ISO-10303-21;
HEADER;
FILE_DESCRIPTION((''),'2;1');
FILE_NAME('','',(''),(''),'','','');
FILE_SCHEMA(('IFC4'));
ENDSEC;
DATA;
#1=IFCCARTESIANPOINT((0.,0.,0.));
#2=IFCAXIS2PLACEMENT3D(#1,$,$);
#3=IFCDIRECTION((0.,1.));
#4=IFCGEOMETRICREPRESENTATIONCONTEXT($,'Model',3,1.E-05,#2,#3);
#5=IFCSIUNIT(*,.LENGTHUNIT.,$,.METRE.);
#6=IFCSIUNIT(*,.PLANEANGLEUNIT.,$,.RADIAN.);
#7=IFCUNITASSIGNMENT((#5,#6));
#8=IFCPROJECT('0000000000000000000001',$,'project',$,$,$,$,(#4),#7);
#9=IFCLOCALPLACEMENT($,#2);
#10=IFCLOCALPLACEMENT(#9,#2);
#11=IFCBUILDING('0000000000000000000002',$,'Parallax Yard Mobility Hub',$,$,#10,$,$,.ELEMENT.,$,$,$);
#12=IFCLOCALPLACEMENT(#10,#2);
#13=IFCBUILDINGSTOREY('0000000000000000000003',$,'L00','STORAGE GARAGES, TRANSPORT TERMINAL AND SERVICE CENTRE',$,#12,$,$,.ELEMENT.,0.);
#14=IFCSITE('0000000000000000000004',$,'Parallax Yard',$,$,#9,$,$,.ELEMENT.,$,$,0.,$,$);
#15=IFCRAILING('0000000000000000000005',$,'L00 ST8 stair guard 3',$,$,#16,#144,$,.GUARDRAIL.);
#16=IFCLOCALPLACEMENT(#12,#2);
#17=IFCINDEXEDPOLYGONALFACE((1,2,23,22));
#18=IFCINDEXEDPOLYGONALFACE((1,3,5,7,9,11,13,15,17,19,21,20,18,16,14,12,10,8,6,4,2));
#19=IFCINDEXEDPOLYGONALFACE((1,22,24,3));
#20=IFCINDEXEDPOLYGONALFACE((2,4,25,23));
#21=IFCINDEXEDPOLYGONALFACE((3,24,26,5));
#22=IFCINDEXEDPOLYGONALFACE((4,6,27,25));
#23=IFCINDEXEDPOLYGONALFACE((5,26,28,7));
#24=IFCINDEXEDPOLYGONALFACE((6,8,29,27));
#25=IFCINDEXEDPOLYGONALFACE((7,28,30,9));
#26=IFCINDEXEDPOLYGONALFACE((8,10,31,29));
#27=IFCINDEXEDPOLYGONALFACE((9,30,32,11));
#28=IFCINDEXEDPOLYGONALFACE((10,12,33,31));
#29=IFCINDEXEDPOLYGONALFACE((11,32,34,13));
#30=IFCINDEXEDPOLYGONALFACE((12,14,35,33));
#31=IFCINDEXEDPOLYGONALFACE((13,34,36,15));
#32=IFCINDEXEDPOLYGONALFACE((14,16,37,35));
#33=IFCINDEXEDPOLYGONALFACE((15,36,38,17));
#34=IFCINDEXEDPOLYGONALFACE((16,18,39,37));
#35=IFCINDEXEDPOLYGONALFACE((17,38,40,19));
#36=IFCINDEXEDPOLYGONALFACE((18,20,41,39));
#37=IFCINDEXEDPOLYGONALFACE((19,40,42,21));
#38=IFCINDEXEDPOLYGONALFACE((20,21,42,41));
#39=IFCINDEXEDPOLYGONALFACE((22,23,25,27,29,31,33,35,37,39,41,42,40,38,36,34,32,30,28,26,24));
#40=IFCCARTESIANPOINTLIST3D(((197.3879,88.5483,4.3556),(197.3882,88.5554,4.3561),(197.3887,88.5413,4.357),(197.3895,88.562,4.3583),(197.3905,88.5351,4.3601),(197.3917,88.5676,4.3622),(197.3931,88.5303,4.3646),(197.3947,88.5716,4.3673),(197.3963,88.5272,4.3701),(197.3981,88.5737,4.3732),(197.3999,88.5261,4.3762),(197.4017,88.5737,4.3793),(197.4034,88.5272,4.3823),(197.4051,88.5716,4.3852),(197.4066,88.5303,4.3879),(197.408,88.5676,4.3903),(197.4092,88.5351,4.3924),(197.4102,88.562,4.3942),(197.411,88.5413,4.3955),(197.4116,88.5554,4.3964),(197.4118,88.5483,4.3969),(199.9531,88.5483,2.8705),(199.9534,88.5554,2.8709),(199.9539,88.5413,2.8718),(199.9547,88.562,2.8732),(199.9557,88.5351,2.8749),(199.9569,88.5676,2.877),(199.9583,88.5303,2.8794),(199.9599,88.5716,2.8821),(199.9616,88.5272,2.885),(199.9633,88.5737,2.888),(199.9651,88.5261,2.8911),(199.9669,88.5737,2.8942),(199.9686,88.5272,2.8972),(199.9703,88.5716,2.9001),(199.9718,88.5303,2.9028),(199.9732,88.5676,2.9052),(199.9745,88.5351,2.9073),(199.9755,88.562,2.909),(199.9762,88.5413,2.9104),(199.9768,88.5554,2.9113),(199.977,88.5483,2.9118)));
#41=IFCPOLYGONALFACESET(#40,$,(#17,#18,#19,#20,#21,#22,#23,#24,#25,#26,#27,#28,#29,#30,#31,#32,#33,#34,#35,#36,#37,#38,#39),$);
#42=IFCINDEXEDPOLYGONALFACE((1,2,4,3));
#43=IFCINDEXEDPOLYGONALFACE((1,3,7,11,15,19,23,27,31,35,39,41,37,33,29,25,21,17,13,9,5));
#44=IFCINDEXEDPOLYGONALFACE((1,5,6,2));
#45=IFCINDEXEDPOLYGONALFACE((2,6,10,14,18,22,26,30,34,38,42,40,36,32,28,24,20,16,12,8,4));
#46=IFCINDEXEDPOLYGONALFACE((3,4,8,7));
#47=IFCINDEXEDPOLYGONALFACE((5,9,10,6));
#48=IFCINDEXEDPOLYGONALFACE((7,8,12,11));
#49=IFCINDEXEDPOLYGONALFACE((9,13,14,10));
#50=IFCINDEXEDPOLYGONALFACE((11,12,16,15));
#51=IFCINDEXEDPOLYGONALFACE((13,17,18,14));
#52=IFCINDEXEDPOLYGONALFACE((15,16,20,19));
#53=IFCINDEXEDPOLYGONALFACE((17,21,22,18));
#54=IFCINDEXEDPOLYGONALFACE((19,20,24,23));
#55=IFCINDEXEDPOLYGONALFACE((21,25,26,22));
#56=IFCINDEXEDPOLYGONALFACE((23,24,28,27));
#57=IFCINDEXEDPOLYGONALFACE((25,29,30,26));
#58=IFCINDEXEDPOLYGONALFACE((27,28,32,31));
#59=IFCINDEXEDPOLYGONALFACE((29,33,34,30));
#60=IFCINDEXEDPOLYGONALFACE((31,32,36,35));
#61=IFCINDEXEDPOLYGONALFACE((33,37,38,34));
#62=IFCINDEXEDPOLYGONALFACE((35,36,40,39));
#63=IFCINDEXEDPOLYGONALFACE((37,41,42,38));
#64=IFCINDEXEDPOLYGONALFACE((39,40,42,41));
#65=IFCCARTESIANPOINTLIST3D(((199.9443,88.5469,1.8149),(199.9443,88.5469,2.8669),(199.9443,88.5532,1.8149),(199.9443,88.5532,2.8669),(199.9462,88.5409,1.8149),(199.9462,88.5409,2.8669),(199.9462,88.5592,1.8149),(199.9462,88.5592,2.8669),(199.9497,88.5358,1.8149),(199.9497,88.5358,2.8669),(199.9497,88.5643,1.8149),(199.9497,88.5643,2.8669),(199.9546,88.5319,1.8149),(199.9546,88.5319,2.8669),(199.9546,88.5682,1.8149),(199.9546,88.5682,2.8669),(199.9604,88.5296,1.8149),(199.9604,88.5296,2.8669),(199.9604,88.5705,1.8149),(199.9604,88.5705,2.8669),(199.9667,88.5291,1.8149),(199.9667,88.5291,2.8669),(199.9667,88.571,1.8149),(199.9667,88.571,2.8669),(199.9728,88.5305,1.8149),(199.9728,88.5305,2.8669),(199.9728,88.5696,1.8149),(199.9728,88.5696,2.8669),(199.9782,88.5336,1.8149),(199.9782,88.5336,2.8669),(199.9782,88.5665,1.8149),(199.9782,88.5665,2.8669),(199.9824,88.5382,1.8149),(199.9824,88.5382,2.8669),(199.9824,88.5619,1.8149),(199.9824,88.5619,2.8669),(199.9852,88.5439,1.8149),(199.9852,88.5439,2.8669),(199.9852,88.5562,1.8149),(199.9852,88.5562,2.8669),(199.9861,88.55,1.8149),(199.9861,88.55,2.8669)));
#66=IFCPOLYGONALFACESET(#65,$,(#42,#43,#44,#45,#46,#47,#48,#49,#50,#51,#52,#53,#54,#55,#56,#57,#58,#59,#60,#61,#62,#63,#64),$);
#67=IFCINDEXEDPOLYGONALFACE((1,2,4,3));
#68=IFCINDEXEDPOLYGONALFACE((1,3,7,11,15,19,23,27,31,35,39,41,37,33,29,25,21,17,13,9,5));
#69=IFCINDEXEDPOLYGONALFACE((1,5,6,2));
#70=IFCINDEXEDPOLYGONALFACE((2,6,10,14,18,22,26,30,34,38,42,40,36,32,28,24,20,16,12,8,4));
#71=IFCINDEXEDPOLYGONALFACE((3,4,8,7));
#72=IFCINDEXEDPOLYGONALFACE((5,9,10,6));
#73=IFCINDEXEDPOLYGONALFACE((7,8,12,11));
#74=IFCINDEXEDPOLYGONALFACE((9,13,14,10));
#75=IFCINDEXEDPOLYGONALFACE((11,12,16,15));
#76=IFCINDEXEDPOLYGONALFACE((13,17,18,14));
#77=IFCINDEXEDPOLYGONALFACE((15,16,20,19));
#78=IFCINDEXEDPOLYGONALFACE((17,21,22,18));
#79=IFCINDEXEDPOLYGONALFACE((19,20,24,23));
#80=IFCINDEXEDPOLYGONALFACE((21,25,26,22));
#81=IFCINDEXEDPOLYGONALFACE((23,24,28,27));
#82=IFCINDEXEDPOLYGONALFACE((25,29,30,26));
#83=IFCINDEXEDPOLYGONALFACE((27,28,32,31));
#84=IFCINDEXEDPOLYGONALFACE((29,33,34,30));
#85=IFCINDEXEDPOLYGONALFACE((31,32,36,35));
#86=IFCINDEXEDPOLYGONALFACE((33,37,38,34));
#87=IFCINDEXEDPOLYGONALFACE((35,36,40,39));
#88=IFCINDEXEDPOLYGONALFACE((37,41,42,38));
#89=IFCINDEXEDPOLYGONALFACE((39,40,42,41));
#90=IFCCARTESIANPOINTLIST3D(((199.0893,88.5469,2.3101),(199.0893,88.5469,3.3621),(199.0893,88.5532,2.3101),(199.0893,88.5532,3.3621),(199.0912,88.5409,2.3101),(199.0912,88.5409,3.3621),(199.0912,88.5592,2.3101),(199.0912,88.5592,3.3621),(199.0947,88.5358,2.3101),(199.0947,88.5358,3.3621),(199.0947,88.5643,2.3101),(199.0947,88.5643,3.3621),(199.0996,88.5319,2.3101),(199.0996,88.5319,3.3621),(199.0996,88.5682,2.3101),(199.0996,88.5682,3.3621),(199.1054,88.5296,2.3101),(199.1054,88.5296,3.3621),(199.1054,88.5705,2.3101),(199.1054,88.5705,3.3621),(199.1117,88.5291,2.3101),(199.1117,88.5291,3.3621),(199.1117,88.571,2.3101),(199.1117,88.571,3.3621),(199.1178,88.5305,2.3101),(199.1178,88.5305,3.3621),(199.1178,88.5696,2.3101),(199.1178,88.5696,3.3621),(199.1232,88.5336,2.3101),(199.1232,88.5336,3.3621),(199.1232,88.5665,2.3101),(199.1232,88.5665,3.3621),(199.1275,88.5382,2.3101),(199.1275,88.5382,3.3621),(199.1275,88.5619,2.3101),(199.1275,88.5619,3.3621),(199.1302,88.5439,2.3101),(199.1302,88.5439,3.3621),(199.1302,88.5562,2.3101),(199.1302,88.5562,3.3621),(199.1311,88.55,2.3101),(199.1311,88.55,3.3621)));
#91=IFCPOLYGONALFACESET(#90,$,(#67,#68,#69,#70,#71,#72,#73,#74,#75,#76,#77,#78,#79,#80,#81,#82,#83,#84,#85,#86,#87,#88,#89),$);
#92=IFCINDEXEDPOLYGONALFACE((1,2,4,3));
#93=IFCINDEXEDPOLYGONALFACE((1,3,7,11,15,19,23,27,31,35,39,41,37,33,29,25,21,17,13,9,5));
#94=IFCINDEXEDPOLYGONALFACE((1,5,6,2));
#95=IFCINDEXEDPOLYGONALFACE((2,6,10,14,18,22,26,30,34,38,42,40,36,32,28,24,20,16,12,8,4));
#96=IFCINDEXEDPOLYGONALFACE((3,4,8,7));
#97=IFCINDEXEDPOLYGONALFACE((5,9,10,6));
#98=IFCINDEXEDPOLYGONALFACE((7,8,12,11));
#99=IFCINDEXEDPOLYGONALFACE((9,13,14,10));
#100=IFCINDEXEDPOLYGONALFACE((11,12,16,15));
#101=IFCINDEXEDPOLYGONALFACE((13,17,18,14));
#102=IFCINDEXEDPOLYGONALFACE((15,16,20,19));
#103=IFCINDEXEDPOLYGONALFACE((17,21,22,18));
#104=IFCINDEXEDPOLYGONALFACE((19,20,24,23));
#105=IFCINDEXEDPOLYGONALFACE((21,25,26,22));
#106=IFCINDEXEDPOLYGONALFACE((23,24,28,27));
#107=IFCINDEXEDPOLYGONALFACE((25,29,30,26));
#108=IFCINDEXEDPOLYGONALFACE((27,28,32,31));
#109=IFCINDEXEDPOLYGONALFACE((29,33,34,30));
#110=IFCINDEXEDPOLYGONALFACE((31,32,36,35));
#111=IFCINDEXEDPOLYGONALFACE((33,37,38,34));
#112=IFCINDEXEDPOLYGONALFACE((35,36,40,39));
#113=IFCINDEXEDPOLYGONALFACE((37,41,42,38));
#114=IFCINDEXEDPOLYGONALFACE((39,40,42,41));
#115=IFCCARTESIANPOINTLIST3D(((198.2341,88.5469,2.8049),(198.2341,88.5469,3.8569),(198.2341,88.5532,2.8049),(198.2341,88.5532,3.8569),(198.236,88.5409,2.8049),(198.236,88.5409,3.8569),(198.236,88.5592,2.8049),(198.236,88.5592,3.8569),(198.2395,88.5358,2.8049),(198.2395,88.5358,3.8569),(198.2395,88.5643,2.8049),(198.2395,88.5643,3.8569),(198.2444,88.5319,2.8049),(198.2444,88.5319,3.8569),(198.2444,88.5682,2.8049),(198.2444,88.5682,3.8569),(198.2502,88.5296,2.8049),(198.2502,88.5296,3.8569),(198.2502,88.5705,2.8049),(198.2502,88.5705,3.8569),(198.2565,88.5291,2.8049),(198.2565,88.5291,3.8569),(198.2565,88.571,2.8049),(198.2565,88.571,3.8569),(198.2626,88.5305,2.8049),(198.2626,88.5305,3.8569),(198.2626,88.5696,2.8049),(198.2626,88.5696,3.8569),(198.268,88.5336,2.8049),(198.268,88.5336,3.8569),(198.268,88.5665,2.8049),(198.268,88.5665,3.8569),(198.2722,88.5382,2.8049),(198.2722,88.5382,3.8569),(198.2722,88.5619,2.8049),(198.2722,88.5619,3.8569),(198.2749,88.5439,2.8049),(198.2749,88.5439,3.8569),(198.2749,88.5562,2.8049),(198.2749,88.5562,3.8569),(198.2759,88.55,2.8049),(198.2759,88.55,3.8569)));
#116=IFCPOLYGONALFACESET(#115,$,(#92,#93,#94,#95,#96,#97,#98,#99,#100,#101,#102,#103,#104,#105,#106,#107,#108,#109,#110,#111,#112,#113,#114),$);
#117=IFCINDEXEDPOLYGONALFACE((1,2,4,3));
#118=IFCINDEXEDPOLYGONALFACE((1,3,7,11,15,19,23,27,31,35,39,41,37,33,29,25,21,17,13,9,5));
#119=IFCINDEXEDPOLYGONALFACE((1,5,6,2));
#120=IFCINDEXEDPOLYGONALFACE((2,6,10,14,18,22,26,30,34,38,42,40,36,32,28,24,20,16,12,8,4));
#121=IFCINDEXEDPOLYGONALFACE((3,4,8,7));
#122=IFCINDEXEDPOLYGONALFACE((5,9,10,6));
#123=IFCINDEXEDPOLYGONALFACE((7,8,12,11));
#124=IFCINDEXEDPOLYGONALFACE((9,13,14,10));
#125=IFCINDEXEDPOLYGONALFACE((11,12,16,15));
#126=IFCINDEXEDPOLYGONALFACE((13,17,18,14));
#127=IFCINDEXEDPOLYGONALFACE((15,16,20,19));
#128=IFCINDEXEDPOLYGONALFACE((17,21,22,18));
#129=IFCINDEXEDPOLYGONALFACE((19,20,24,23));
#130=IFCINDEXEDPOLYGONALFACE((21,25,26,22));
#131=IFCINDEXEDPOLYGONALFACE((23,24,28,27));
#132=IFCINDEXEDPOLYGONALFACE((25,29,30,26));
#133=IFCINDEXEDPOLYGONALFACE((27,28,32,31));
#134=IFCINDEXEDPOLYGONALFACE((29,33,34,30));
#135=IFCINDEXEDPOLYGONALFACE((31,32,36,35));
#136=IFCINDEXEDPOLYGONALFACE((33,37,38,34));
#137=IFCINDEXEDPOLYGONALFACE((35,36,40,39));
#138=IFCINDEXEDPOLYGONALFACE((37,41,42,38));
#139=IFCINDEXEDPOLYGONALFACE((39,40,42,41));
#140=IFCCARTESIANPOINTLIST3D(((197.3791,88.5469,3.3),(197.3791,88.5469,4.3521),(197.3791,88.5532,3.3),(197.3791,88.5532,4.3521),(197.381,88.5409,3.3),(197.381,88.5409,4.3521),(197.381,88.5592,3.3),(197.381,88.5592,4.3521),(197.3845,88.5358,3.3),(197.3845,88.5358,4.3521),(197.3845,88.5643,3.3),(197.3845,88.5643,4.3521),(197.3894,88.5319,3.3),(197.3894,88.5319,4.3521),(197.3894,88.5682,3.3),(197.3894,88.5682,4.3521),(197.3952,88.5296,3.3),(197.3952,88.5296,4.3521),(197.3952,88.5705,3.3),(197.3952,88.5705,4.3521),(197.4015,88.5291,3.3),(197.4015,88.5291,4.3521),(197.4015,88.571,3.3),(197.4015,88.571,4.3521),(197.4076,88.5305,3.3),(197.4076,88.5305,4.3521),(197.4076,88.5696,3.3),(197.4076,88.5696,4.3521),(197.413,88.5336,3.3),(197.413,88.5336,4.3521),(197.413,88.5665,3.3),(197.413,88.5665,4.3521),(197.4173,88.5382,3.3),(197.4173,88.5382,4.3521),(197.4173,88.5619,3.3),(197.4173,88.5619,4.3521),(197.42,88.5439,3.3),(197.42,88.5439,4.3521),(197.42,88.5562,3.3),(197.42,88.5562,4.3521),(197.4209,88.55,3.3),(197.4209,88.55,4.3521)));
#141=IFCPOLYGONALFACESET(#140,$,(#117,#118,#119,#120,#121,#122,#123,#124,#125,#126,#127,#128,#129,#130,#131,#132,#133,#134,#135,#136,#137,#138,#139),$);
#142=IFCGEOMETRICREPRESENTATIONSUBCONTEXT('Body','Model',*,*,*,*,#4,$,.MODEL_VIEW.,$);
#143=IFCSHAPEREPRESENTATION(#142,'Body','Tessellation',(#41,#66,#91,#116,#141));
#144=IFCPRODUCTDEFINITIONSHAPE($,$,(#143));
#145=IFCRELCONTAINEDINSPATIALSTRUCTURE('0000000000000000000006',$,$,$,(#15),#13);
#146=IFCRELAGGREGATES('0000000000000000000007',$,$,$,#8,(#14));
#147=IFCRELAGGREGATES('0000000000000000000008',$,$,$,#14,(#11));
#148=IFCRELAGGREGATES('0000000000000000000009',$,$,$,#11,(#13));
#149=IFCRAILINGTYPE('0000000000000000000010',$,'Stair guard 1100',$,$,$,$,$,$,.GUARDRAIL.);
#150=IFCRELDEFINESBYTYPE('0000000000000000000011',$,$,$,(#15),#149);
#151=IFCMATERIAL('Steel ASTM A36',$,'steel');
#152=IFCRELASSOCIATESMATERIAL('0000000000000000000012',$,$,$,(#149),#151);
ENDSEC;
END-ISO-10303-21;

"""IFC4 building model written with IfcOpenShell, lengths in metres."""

from ifc_helpers import new_model, si_unit, direction, frame, origin, origin_2d, place, context, subcontext, project, spatial, circle, extrude, material, type_object, element, save


model = new_model("IFC4")

# Units and contexts
model_context = context("Model", 3, precision=1e-05, world=origin(), true_north=direction((0.0, 1.0)))
body_context = subcontext(model_context, "Body", "Model", "MODEL_VIEW")
ifc_project = project(units=[si_unit("LENGTHUNIT", "METRE"), si_unit("PLANEANGLEUNIT", "RADIAN")], contexts=[model_context])

# Site, building, storey
site_placement = place(None, origin())
site = spatial("IfcSite", under=ifc_project, at=site_placement, Name="Parallax Yard", CompositionType="ELEMENT", RefElevation=0.0)
building_placement = place(site_placement, origin())
building = spatial("IfcBuilding", under=site, at=building_placement, Name="Parallax Yard Mobility Hub", CompositionType="ELEMENT")
storey_placement = place(building_placement, origin())
storey = spatial("IfcBuildingStorey", under=building, at=storey_placement, Name="L00", Description="STORAGE GARAGES, TRANSPORT TERMINAL AND SERVICE CENTRE", CompositionType="ELEMENT", Elevation=0.0)

# Railing
ifc_material_1 = material(Name="Steel ASTM A36", Category="steel")
railing_type_1 = type_object("IfcRailingType", Name="Stair guard 1100", PredefinedType="GUARDRAIL", material=ifc_material_1)
railing_1_placement = place(storey_placement, frame((199.9651, 88.55, 1.8149)))
element("IfcRailing", 1, at=railing_1_placement, inside=storey, type_object=railing_type_1, Name="L00 ST8 stair guard 3", PredefinedType="GUARDRAIL", context=body_context, shape_type="SweptSolid", body=[
    extrude(circle(Radius=0.0239, at=origin_2d()), frame((0.0, 0.0, 1.0762), z_axis=(-0.865426, 0.0, 0.501036), x_axis=(0.0, -1.0, 0.0)), (0.0, 0.0, 1.0), 2.9641),
    extrude(circle(Radius=0.021, at=origin_2d()), origin(), (0.0, 0.0, 1.0), 1.052),
    extrude(circle(Radius=0.021, at=origin_2d()), frame((-0.855, 0.0, 0.4951)), (0.0, 0.0, 1.0), 1.052),
    extrude(circle(Radius=0.021, at=origin_2d()), frame((-1.7102, 0.0, 0.99)), (0.0, 0.0, 1.0), 1.052),
    extrude(circle(Radius=0.021, at=origin_2d()), frame((-2.5652, 0.0, 1.4851)), (0.0, 0.0, 1.0), 1.052),
])

save(model, "model.ifc")
